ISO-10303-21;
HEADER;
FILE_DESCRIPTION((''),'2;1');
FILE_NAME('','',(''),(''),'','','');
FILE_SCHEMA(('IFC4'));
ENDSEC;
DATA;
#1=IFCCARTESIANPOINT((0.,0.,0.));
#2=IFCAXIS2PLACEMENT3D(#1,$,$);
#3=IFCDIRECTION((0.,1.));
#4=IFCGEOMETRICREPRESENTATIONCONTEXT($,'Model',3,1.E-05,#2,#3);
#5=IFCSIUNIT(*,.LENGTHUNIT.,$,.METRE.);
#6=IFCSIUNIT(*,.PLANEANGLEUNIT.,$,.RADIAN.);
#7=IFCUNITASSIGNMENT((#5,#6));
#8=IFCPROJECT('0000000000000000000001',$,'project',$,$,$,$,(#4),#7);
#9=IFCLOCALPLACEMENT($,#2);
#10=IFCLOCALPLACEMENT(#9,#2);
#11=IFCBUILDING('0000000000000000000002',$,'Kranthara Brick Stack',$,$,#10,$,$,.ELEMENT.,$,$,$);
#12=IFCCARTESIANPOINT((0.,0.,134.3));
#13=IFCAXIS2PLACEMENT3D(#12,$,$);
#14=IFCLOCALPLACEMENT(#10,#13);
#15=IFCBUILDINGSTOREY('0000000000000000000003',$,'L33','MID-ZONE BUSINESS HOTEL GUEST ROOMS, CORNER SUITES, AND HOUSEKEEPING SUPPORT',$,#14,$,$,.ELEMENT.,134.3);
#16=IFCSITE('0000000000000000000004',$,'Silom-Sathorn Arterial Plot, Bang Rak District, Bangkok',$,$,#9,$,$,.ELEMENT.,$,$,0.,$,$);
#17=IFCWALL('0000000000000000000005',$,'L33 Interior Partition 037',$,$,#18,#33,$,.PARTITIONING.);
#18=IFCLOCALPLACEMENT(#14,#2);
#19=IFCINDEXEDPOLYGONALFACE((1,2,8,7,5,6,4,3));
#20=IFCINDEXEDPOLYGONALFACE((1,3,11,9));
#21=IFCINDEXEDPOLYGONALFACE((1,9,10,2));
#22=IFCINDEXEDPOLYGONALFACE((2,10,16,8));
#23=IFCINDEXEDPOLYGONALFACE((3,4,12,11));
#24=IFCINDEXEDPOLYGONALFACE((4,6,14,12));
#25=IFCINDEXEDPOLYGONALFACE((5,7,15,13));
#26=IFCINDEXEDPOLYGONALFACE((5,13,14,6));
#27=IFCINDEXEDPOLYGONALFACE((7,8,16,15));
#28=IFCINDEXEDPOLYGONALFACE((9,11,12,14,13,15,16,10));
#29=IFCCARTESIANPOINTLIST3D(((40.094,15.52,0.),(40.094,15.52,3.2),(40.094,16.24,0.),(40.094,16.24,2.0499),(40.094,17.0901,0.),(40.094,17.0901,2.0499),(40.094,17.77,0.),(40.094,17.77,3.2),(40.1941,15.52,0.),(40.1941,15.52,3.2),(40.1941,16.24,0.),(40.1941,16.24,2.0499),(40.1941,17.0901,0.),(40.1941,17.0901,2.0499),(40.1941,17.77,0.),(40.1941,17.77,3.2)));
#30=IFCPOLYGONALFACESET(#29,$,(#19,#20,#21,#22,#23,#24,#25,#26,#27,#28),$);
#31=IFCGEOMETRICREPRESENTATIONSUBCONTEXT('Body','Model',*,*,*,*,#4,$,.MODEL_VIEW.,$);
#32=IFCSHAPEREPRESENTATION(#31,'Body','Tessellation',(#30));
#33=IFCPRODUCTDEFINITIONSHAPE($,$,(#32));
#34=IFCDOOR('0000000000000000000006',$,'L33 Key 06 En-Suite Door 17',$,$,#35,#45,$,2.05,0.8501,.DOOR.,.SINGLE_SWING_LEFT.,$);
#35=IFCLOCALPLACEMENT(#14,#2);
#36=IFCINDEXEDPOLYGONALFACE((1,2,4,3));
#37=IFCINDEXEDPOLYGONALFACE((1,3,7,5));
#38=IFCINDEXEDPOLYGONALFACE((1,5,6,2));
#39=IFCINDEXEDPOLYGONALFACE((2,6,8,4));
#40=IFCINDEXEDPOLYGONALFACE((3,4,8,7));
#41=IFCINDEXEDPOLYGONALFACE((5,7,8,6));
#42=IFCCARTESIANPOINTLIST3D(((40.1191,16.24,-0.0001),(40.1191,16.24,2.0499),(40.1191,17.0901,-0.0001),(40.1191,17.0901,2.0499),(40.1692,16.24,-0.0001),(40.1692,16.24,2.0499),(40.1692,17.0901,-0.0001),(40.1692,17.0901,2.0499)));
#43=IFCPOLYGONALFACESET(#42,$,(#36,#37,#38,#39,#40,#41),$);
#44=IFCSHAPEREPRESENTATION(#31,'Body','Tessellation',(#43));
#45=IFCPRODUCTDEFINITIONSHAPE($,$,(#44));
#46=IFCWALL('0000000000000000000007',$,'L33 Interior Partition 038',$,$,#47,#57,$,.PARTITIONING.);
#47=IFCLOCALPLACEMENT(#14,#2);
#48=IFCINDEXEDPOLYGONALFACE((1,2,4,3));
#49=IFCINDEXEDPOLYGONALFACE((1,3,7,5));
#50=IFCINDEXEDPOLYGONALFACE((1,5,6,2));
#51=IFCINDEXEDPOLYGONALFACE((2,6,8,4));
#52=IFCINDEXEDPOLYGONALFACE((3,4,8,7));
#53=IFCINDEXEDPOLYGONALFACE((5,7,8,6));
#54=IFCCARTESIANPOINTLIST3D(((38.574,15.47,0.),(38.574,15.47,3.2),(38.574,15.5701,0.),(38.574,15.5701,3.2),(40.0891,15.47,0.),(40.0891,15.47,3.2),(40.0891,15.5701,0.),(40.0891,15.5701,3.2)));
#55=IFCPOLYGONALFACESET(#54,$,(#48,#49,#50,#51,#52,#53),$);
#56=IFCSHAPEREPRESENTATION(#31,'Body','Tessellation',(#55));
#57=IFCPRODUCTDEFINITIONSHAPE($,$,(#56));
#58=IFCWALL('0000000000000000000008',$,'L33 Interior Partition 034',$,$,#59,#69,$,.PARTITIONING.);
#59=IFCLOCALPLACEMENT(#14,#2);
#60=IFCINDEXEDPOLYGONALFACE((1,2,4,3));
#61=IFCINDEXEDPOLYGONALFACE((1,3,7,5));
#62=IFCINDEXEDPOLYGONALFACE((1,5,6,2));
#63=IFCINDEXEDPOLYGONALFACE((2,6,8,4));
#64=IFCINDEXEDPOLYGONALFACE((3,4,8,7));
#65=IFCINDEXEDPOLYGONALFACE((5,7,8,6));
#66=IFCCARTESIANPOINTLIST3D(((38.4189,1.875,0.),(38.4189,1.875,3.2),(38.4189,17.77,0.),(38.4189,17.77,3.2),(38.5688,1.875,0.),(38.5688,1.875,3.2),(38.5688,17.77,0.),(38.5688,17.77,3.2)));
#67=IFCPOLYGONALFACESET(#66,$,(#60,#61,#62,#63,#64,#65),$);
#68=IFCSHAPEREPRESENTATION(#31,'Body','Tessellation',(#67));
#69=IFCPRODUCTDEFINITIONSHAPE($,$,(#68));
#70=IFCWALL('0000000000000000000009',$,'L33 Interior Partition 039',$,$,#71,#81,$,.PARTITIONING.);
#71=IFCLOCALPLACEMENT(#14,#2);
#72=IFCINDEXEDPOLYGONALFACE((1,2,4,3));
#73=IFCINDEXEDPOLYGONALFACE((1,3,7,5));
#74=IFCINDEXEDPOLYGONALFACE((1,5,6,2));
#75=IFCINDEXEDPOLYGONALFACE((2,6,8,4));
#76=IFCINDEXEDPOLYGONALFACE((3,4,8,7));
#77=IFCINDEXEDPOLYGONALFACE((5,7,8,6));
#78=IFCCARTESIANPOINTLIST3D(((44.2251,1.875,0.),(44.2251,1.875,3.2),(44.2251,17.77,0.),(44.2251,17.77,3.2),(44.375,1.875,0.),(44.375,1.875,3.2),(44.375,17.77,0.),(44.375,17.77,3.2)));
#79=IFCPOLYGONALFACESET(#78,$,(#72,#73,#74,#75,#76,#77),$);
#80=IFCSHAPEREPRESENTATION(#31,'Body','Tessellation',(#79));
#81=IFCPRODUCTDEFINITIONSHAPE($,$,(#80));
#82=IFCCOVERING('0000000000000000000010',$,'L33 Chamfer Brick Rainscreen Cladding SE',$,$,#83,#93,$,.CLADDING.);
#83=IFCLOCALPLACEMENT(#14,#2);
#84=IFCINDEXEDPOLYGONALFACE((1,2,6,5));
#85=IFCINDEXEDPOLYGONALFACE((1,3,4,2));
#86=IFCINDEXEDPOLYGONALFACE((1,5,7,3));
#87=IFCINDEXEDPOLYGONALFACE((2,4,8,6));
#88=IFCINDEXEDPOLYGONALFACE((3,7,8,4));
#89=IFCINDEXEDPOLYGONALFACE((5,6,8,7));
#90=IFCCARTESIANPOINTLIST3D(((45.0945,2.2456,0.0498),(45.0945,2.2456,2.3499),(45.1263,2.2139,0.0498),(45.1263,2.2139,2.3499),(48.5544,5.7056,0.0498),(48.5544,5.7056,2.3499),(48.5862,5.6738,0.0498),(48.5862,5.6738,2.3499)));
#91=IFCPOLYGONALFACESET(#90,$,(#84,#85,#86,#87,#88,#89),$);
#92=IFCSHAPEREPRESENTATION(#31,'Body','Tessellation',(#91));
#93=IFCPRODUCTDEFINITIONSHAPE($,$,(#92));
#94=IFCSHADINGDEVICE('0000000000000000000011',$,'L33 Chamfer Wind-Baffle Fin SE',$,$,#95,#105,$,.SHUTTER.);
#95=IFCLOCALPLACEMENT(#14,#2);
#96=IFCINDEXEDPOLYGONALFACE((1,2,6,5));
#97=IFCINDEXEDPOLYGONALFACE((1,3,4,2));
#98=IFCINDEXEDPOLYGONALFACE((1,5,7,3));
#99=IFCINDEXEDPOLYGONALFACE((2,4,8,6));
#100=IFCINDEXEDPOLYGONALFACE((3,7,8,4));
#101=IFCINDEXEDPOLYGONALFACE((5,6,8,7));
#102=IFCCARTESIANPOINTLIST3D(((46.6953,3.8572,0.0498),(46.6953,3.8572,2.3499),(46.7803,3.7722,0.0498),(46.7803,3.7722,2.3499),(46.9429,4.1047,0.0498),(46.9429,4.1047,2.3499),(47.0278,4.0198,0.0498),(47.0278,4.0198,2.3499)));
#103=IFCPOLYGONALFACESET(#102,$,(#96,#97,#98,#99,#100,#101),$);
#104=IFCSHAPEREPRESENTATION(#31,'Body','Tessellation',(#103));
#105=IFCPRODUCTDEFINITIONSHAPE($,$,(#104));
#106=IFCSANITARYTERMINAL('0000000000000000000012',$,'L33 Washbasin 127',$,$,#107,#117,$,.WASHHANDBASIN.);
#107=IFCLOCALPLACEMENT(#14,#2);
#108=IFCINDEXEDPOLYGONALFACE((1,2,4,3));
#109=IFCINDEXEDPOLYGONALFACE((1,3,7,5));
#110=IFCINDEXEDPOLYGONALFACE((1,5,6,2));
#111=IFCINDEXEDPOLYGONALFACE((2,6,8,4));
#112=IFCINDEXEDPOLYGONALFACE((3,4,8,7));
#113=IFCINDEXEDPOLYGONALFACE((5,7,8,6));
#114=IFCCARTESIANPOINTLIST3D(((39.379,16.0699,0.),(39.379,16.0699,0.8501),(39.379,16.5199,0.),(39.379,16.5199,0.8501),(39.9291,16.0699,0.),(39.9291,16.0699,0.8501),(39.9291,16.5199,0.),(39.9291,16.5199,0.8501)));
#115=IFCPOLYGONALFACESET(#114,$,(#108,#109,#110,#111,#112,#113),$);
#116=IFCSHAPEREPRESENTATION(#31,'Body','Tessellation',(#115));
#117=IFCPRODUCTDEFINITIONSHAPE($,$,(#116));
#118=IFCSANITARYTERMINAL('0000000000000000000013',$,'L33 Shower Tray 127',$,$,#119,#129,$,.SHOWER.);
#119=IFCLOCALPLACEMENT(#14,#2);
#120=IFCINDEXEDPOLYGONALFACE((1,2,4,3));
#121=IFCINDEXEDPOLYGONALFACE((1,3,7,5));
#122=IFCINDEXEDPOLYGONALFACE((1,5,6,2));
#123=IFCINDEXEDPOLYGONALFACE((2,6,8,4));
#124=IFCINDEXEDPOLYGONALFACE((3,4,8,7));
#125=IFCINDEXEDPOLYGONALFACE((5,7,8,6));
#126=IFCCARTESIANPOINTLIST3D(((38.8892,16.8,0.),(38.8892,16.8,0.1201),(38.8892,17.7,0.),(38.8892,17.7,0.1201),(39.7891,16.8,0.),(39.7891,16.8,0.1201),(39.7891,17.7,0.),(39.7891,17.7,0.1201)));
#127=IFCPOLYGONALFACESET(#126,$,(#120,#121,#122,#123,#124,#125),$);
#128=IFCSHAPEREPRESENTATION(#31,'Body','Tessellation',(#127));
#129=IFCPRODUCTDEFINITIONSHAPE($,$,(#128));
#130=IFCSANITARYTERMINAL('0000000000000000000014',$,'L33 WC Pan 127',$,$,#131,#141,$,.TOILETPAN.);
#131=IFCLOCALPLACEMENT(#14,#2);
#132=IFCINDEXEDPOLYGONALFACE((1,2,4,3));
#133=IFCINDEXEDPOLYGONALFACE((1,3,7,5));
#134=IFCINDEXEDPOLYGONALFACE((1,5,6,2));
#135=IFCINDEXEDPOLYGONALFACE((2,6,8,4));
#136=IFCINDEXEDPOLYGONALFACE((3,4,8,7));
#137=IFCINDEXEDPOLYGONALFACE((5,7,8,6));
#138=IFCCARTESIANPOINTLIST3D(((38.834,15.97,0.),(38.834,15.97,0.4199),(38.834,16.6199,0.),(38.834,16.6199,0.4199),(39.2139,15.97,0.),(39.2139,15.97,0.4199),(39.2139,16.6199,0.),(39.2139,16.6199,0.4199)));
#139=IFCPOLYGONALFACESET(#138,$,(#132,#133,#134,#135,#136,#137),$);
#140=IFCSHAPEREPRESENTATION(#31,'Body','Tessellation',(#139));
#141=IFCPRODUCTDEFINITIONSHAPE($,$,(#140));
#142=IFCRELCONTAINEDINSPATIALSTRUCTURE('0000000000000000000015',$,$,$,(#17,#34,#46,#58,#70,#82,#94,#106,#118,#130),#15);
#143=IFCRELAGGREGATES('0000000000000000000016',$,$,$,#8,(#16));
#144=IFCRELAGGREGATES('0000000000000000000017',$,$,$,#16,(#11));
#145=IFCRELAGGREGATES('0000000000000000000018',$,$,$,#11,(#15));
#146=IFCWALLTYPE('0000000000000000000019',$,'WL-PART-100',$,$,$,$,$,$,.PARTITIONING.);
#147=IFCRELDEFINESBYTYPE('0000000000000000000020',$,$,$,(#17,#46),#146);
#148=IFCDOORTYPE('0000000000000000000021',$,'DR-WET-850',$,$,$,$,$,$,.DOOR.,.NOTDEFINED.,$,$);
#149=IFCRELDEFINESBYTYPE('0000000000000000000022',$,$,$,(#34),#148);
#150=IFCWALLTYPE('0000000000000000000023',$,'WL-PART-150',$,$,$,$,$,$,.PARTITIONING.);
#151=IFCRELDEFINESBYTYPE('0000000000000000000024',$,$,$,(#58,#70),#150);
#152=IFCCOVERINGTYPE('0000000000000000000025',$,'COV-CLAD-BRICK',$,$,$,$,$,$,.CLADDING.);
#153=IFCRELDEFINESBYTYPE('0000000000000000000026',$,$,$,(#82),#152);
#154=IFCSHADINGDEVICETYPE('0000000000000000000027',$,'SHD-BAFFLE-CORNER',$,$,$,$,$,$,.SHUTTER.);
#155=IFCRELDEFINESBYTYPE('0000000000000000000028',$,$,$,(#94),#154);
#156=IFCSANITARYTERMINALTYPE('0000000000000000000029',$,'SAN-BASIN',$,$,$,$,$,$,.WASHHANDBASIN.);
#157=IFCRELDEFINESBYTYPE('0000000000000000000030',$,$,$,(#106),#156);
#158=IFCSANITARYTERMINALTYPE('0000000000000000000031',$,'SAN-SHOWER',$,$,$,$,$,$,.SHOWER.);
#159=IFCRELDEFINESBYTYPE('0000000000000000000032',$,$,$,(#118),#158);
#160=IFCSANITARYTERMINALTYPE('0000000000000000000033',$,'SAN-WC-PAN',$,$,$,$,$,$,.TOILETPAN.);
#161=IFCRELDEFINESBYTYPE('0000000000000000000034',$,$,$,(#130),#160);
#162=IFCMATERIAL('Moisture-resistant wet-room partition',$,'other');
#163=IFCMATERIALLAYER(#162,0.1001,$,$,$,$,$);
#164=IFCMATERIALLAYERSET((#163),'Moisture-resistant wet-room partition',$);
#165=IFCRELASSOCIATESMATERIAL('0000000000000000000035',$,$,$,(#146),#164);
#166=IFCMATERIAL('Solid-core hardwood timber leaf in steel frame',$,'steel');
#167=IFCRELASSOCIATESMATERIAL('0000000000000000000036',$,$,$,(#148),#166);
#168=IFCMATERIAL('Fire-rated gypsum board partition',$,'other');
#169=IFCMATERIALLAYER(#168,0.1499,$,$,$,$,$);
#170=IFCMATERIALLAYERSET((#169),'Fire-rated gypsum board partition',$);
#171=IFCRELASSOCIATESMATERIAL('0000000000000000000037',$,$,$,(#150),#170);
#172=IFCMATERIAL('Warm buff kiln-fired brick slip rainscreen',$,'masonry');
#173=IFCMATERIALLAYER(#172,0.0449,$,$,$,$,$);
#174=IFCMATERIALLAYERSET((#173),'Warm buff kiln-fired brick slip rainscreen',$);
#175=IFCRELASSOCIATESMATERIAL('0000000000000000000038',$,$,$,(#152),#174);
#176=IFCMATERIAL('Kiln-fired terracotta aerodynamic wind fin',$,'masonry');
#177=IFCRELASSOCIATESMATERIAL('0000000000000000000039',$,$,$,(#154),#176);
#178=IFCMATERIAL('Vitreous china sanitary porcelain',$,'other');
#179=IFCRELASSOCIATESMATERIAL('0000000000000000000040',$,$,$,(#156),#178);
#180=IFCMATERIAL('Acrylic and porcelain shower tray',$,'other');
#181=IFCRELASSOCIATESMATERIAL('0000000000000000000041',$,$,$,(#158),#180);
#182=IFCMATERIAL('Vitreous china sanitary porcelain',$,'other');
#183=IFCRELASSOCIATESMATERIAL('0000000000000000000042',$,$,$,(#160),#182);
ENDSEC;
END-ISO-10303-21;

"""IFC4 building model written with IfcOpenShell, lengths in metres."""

from ifc_helpers import new_model, si_unit, direction, frame, frame_2d, origin, origin_2d, place, context, subcontext, project, spatial, rectangle, extrude, material, layer, layer_set, type_object, element, fill, save


model = new_model("IFC4")

# Units and contexts
model_context = context("Model", 3, precision=1e-05, world=origin(), true_north=direction((0.0, 1.0)))
body_context = subcontext(model_context, "Body", "Model", "MODEL_VIEW")
ifc_project = project(units=[si_unit("LENGTHUNIT", "METRE"), si_unit("PLANEANGLEUNIT", "RADIAN")], contexts=[model_context])

# Site, building, storey
site_placement = place(None, origin())
site = spatial("IfcSite", under=ifc_project, at=site_placement, Name="Silom-Sathorn Arterial Plot, Bang Rak District, Bangkok", CompositionType="ELEMENT", RefElevation=0.0)
building_placement = place(site_placement, origin())
building = spatial("IfcBuilding", under=site, at=building_placement, Name="Kranthara Brick Stack", CompositionType="ELEMENT")
storey_placement = place(building_placement, frame((0.0, 0.0, 134.3)))
storey = spatial("IfcBuildingStorey", under=building, at=storey_placement, Name="L33", Description="MID-ZONE BUSINESS HOTEL GUEST ROOMS, CORNER SUITES, AND HOUSEKEEPING SUPPORT", CompositionType="ELEMENT", Elevation=134.3)

# Wall, opening, door
ifc_material_1 = material(Name="Moisture-resistant wet-room partition", Category="other")
ifc_layer_1 = layer(ifc_material_1, 0.1001)
ifc_layer_set_1 = layer_set([ifc_layer_1], Name="Moisture-resistant wet-room partition")
wall_type_1 = type_object("IfcWallType", Name="WL-PART-100", PredefinedType="PARTITIONING", material=ifc_layer_set_1)
wall_1_placement = place(storey_placement, frame((40.144, 15.52, 0.0), z_axis=(0.0, 0.0, 1.0), x_axis=(0.0, 1.0, 0.0)))
wall_1 = element("IfcWall", 1, at=wall_1_placement, inside=storey, type_object=wall_type_1, Name="L33 Interior Partition 037", PredefinedType="PARTITIONING", context=body_context, shape_type="SweptSolid", body=[
    extrude(rectangle(XDim=2.25, YDim=0.1001, at=frame_2d((1.125, 0.0))), origin(), (0.0, 0.0, 1.0), 3.2),
])
opening_1_placement = place(wall_1_placement, frame((0.72, 0.0, 0.0)))
opening_1 = element("IfcOpeningElement", 2, at=opening_1_placement, cuts=wall_1, PredefinedType="OPENING", context=body_context, shape_type="SweptSolid", body=[
    extrude(rectangle(XDim=0.8501, YDim=2.05, at=frame_2d((0.425, 1.0249))), frame((0.0, 0.0601, 0.0), z_axis=(0.0, -1.0, 0.0), x_axis=(1.0, 0.0, 0.0)), (0.0, 0.0, 1.0), 0.1201),
])
ifc_material_2 = material(Name="Solid-core hardwood timber leaf in steel frame", Category="steel")
door_type_1 = type_object("IfcDoorType", Name="DR-WET-850", OperationType="NOTDEFINED", PredefinedType="DOOR", material=ifc_material_2)
door_1_placement = place(opening_1_placement, origin())
door_1 = element("IfcDoor", 3, at=door_1_placement, inside=storey, type_object=door_type_1, Name="L33 Key 06 En-Suite Door 17", OperationType="SINGLE_SWING_LEFT", OverallHeight=2.05, OverallWidth=0.8501, PredefinedType="DOOR", context=body_context, shape_type="SweptSolid", body=[
    extrude(rectangle(XDim=0.8501, YDim=2.05, at=frame_2d((0.425, 1.0249))), frame((0.0, 0.0249, 0.0), z_axis=(0.0, -1.0, 0.0), x_axis=(1.0, 0.0, 0.0)), (0.0, 0.0, 1.0), 0.05),
])
fill(opening_1, door_1)

# Walls
wall_2_placement = place(storey_placement, frame((38.574, 15.52, 0.0), z_axis=(0.0, 0.0, 1.0), x_axis=(1.0, 0.0, 0.0)))
element("IfcWall", 4, at=wall_2_placement, inside=storey, type_object=wall_type_1, Name="L33 Interior Partition 038", PredefinedType="PARTITIONING", context=body_context, shape_type="SweptSolid", body=[
    extrude(rectangle(XDim=1.5151, YDim=0.1001, at=frame_2d((0.7576, 0.0))), origin(), (0.0, 0.0, 1.0), 3.2),
])
ifc_material_3 = material(Name="Fire-rated gypsum board partition", Category="other")
ifc_layer_2 = layer(ifc_material_3, 0.1499)
ifc_layer_set_2 = layer_set([ifc_layer_2], Name="Fire-rated gypsum board partition")
wall_type_2 = type_object("IfcWallType", Name="WL-PART-150", PredefinedType="PARTITIONING", material=ifc_layer_set_2)
for number, where, z_axis, x_axis, name in (
    (5, (38.4939, 1.875, 0.0), (0.0, 0.0, 1.0), (0.0, 1.0, 0.0), "L33 Interior Partition 034"),
    (6, (44.3, 1.875, 0.0), (0.0, 0.0, 1.0), (0.0, 1.0, 0.0), "L33 Interior Partition 039"),
):
    element("IfcWall", number, at=place(storey_placement, frame(where, z_axis=z_axis, x_axis=x_axis)), inside=storey, type_object=wall_type_2, Name=name, PredefinedType="PARTITIONING", context=body_context, shape_type="SweptSolid", body=[
        extrude(rectangle(XDim=15.895, YDim=0.1499, at=frame_2d((7.9475, 0.0))), origin(), (0.0, 0.0, 1.0), 3.2),
    ])

# Covering
ifc_material_4 = material(Name="Warm buff kiln-fired brick slip rainscreen", Category="masonry")
ifc_layer_3 = layer(ifc_material_4, 0.0449)
ifc_layer_set_3 = layer_set([ifc_layer_3], Name="Warm buff kiln-fired brick slip rainscreen")
covering_type = type_object("IfcCoveringType", Name="COV-CLAD-BRICK", PredefinedType="CLADDING", material=ifc_layer_set_3)
covering_placement = place(storey_placement, frame((46.8403, 3.9597, 0.0498), z_axis=(0.0, 0.0, 1.0), x_axis=(-0.707107, -0.707107, 0.0)))
element("IfcCovering", 7, at=covering_placement, inside=storey, type_object=covering_type, Name="L33 Chamfer Brick Rainscreen Cladding SE", PredefinedType="CLADDING", context=body_context, shape_type="SweptSolid", body=[
    extrude(rectangle(XDim=4.8931, YDim=0.0449, at=origin_2d()), origin(), (0.0, 0.0, 1.0), 2.3),
])

# Shading device
ifc_material_5 = material(Name="Kiln-fired terracotta aerodynamic wind fin", Category="masonry")
shading_device_type = type_object("IfcShadingDeviceType", Name="SHD-BAFFLE-CORNER", PredefinedType="SHUTTER", material=ifc_material_5)
shading_device_placement = place(storey_placement, frame((46.8616, 3.9385, 0.0498), z_axis=(0.0, 0.0, 1.0), x_axis=(-0.707107, -0.707107, 0.0)))
element("IfcShadingDevice", 8, at=shading_device_placement, inside=storey, type_object=shading_device_type, Name="L33 Chamfer Wind-Baffle Fin SE", PredefinedType="SHUTTER", context=body_context, shape_type="SweptSolid", body=[
    extrude(rectangle(XDim=0.3501, YDim=0.1201, at=origin_2d()), origin(), (0.0, 0.0, 1.0), 2.3),
])

# Sanitary terminals
ifc_material_6 = material(Name="Vitreous china sanitary porcelain", Category="other")
sanitary_terminal_type_1 = type_object("IfcSanitaryTerminalType", Name="SAN-BASIN", PredefinedType="WASHHANDBASIN", material=ifc_material_6)
sanitary_terminal_1_placement = place(storey_placement, frame((39.6541, 16.2949, 0.0), z_axis=(0.0, 0.0, 1.0), x_axis=(1.0, 0.0, 0.0)))
element("IfcSanitaryTerminal", 9, at=sanitary_terminal_1_placement, inside=storey, type_object=sanitary_terminal_type_1, Name="L33 Washbasin 127", PredefinedType="WASHHANDBASIN", context=body_context, shape_type="SweptSolid", body=[
    extrude(rectangle(XDim=0.55, YDim=0.45, at=origin_2d()), origin(), (0.0, 0.0, 1.0), 0.8501),
])
ifc_material_7 = material(Name="Acrylic and porcelain shower tray", Category="other")
sanitary_terminal_type_2 = type_object("IfcSanitaryTerminalType", Name="SAN-SHOWER", PredefinedType="SHOWER", material=ifc_material_7)
sanitary_terminal_2_placement = place(storey_placement, frame((39.3391, 17.25, 0.0), z_axis=(0.0, 0.0, 1.0), x_axis=(1.0, 0.0, 0.0)))
element("IfcSanitaryTerminal", 10, at=sanitary_terminal_2_placement, inside=storey, type_object=sanitary_terminal_type_2, Name="L33 Shower Tray 127", PredefinedType="SHOWER", context=body_context, shape_type="SweptSolid", body=[
    extrude(rectangle(XDim=0.8999, YDim=0.8999, at=origin_2d()), origin(), (0.0, 0.0, 1.0), 0.1201),
])
ifc_material_8 = material(Name="Vitreous china sanitary porcelain", Category="other")
sanitary_terminal_type_3 = type_object("IfcSanitaryTerminalType", Name="SAN-WC-PAN", PredefinedType="TOILETPAN", material=ifc_material_8)
sanitary_terminal_3_placement = place(storey_placement, frame((39.0239, 16.2949, 0.0), z_axis=(0.0, 0.0, 1.0), x_axis=(1.0, 0.0, 0.0)))
element("IfcSanitaryTerminal", 11, at=sanitary_terminal_3_placement, inside=storey, type_object=sanitary_terminal_type_3, Name="L33 WC Pan 127", PredefinedType="TOILETPAN", context=body_context, shape_type="SweptSolid", body=[
    extrude(rectangle(XDim=0.3799, YDim=0.6499, at=origin_2d()), origin(), (0.0, 0.0, 1.0), 0.4199),
])

save(model, "model.ifc")
